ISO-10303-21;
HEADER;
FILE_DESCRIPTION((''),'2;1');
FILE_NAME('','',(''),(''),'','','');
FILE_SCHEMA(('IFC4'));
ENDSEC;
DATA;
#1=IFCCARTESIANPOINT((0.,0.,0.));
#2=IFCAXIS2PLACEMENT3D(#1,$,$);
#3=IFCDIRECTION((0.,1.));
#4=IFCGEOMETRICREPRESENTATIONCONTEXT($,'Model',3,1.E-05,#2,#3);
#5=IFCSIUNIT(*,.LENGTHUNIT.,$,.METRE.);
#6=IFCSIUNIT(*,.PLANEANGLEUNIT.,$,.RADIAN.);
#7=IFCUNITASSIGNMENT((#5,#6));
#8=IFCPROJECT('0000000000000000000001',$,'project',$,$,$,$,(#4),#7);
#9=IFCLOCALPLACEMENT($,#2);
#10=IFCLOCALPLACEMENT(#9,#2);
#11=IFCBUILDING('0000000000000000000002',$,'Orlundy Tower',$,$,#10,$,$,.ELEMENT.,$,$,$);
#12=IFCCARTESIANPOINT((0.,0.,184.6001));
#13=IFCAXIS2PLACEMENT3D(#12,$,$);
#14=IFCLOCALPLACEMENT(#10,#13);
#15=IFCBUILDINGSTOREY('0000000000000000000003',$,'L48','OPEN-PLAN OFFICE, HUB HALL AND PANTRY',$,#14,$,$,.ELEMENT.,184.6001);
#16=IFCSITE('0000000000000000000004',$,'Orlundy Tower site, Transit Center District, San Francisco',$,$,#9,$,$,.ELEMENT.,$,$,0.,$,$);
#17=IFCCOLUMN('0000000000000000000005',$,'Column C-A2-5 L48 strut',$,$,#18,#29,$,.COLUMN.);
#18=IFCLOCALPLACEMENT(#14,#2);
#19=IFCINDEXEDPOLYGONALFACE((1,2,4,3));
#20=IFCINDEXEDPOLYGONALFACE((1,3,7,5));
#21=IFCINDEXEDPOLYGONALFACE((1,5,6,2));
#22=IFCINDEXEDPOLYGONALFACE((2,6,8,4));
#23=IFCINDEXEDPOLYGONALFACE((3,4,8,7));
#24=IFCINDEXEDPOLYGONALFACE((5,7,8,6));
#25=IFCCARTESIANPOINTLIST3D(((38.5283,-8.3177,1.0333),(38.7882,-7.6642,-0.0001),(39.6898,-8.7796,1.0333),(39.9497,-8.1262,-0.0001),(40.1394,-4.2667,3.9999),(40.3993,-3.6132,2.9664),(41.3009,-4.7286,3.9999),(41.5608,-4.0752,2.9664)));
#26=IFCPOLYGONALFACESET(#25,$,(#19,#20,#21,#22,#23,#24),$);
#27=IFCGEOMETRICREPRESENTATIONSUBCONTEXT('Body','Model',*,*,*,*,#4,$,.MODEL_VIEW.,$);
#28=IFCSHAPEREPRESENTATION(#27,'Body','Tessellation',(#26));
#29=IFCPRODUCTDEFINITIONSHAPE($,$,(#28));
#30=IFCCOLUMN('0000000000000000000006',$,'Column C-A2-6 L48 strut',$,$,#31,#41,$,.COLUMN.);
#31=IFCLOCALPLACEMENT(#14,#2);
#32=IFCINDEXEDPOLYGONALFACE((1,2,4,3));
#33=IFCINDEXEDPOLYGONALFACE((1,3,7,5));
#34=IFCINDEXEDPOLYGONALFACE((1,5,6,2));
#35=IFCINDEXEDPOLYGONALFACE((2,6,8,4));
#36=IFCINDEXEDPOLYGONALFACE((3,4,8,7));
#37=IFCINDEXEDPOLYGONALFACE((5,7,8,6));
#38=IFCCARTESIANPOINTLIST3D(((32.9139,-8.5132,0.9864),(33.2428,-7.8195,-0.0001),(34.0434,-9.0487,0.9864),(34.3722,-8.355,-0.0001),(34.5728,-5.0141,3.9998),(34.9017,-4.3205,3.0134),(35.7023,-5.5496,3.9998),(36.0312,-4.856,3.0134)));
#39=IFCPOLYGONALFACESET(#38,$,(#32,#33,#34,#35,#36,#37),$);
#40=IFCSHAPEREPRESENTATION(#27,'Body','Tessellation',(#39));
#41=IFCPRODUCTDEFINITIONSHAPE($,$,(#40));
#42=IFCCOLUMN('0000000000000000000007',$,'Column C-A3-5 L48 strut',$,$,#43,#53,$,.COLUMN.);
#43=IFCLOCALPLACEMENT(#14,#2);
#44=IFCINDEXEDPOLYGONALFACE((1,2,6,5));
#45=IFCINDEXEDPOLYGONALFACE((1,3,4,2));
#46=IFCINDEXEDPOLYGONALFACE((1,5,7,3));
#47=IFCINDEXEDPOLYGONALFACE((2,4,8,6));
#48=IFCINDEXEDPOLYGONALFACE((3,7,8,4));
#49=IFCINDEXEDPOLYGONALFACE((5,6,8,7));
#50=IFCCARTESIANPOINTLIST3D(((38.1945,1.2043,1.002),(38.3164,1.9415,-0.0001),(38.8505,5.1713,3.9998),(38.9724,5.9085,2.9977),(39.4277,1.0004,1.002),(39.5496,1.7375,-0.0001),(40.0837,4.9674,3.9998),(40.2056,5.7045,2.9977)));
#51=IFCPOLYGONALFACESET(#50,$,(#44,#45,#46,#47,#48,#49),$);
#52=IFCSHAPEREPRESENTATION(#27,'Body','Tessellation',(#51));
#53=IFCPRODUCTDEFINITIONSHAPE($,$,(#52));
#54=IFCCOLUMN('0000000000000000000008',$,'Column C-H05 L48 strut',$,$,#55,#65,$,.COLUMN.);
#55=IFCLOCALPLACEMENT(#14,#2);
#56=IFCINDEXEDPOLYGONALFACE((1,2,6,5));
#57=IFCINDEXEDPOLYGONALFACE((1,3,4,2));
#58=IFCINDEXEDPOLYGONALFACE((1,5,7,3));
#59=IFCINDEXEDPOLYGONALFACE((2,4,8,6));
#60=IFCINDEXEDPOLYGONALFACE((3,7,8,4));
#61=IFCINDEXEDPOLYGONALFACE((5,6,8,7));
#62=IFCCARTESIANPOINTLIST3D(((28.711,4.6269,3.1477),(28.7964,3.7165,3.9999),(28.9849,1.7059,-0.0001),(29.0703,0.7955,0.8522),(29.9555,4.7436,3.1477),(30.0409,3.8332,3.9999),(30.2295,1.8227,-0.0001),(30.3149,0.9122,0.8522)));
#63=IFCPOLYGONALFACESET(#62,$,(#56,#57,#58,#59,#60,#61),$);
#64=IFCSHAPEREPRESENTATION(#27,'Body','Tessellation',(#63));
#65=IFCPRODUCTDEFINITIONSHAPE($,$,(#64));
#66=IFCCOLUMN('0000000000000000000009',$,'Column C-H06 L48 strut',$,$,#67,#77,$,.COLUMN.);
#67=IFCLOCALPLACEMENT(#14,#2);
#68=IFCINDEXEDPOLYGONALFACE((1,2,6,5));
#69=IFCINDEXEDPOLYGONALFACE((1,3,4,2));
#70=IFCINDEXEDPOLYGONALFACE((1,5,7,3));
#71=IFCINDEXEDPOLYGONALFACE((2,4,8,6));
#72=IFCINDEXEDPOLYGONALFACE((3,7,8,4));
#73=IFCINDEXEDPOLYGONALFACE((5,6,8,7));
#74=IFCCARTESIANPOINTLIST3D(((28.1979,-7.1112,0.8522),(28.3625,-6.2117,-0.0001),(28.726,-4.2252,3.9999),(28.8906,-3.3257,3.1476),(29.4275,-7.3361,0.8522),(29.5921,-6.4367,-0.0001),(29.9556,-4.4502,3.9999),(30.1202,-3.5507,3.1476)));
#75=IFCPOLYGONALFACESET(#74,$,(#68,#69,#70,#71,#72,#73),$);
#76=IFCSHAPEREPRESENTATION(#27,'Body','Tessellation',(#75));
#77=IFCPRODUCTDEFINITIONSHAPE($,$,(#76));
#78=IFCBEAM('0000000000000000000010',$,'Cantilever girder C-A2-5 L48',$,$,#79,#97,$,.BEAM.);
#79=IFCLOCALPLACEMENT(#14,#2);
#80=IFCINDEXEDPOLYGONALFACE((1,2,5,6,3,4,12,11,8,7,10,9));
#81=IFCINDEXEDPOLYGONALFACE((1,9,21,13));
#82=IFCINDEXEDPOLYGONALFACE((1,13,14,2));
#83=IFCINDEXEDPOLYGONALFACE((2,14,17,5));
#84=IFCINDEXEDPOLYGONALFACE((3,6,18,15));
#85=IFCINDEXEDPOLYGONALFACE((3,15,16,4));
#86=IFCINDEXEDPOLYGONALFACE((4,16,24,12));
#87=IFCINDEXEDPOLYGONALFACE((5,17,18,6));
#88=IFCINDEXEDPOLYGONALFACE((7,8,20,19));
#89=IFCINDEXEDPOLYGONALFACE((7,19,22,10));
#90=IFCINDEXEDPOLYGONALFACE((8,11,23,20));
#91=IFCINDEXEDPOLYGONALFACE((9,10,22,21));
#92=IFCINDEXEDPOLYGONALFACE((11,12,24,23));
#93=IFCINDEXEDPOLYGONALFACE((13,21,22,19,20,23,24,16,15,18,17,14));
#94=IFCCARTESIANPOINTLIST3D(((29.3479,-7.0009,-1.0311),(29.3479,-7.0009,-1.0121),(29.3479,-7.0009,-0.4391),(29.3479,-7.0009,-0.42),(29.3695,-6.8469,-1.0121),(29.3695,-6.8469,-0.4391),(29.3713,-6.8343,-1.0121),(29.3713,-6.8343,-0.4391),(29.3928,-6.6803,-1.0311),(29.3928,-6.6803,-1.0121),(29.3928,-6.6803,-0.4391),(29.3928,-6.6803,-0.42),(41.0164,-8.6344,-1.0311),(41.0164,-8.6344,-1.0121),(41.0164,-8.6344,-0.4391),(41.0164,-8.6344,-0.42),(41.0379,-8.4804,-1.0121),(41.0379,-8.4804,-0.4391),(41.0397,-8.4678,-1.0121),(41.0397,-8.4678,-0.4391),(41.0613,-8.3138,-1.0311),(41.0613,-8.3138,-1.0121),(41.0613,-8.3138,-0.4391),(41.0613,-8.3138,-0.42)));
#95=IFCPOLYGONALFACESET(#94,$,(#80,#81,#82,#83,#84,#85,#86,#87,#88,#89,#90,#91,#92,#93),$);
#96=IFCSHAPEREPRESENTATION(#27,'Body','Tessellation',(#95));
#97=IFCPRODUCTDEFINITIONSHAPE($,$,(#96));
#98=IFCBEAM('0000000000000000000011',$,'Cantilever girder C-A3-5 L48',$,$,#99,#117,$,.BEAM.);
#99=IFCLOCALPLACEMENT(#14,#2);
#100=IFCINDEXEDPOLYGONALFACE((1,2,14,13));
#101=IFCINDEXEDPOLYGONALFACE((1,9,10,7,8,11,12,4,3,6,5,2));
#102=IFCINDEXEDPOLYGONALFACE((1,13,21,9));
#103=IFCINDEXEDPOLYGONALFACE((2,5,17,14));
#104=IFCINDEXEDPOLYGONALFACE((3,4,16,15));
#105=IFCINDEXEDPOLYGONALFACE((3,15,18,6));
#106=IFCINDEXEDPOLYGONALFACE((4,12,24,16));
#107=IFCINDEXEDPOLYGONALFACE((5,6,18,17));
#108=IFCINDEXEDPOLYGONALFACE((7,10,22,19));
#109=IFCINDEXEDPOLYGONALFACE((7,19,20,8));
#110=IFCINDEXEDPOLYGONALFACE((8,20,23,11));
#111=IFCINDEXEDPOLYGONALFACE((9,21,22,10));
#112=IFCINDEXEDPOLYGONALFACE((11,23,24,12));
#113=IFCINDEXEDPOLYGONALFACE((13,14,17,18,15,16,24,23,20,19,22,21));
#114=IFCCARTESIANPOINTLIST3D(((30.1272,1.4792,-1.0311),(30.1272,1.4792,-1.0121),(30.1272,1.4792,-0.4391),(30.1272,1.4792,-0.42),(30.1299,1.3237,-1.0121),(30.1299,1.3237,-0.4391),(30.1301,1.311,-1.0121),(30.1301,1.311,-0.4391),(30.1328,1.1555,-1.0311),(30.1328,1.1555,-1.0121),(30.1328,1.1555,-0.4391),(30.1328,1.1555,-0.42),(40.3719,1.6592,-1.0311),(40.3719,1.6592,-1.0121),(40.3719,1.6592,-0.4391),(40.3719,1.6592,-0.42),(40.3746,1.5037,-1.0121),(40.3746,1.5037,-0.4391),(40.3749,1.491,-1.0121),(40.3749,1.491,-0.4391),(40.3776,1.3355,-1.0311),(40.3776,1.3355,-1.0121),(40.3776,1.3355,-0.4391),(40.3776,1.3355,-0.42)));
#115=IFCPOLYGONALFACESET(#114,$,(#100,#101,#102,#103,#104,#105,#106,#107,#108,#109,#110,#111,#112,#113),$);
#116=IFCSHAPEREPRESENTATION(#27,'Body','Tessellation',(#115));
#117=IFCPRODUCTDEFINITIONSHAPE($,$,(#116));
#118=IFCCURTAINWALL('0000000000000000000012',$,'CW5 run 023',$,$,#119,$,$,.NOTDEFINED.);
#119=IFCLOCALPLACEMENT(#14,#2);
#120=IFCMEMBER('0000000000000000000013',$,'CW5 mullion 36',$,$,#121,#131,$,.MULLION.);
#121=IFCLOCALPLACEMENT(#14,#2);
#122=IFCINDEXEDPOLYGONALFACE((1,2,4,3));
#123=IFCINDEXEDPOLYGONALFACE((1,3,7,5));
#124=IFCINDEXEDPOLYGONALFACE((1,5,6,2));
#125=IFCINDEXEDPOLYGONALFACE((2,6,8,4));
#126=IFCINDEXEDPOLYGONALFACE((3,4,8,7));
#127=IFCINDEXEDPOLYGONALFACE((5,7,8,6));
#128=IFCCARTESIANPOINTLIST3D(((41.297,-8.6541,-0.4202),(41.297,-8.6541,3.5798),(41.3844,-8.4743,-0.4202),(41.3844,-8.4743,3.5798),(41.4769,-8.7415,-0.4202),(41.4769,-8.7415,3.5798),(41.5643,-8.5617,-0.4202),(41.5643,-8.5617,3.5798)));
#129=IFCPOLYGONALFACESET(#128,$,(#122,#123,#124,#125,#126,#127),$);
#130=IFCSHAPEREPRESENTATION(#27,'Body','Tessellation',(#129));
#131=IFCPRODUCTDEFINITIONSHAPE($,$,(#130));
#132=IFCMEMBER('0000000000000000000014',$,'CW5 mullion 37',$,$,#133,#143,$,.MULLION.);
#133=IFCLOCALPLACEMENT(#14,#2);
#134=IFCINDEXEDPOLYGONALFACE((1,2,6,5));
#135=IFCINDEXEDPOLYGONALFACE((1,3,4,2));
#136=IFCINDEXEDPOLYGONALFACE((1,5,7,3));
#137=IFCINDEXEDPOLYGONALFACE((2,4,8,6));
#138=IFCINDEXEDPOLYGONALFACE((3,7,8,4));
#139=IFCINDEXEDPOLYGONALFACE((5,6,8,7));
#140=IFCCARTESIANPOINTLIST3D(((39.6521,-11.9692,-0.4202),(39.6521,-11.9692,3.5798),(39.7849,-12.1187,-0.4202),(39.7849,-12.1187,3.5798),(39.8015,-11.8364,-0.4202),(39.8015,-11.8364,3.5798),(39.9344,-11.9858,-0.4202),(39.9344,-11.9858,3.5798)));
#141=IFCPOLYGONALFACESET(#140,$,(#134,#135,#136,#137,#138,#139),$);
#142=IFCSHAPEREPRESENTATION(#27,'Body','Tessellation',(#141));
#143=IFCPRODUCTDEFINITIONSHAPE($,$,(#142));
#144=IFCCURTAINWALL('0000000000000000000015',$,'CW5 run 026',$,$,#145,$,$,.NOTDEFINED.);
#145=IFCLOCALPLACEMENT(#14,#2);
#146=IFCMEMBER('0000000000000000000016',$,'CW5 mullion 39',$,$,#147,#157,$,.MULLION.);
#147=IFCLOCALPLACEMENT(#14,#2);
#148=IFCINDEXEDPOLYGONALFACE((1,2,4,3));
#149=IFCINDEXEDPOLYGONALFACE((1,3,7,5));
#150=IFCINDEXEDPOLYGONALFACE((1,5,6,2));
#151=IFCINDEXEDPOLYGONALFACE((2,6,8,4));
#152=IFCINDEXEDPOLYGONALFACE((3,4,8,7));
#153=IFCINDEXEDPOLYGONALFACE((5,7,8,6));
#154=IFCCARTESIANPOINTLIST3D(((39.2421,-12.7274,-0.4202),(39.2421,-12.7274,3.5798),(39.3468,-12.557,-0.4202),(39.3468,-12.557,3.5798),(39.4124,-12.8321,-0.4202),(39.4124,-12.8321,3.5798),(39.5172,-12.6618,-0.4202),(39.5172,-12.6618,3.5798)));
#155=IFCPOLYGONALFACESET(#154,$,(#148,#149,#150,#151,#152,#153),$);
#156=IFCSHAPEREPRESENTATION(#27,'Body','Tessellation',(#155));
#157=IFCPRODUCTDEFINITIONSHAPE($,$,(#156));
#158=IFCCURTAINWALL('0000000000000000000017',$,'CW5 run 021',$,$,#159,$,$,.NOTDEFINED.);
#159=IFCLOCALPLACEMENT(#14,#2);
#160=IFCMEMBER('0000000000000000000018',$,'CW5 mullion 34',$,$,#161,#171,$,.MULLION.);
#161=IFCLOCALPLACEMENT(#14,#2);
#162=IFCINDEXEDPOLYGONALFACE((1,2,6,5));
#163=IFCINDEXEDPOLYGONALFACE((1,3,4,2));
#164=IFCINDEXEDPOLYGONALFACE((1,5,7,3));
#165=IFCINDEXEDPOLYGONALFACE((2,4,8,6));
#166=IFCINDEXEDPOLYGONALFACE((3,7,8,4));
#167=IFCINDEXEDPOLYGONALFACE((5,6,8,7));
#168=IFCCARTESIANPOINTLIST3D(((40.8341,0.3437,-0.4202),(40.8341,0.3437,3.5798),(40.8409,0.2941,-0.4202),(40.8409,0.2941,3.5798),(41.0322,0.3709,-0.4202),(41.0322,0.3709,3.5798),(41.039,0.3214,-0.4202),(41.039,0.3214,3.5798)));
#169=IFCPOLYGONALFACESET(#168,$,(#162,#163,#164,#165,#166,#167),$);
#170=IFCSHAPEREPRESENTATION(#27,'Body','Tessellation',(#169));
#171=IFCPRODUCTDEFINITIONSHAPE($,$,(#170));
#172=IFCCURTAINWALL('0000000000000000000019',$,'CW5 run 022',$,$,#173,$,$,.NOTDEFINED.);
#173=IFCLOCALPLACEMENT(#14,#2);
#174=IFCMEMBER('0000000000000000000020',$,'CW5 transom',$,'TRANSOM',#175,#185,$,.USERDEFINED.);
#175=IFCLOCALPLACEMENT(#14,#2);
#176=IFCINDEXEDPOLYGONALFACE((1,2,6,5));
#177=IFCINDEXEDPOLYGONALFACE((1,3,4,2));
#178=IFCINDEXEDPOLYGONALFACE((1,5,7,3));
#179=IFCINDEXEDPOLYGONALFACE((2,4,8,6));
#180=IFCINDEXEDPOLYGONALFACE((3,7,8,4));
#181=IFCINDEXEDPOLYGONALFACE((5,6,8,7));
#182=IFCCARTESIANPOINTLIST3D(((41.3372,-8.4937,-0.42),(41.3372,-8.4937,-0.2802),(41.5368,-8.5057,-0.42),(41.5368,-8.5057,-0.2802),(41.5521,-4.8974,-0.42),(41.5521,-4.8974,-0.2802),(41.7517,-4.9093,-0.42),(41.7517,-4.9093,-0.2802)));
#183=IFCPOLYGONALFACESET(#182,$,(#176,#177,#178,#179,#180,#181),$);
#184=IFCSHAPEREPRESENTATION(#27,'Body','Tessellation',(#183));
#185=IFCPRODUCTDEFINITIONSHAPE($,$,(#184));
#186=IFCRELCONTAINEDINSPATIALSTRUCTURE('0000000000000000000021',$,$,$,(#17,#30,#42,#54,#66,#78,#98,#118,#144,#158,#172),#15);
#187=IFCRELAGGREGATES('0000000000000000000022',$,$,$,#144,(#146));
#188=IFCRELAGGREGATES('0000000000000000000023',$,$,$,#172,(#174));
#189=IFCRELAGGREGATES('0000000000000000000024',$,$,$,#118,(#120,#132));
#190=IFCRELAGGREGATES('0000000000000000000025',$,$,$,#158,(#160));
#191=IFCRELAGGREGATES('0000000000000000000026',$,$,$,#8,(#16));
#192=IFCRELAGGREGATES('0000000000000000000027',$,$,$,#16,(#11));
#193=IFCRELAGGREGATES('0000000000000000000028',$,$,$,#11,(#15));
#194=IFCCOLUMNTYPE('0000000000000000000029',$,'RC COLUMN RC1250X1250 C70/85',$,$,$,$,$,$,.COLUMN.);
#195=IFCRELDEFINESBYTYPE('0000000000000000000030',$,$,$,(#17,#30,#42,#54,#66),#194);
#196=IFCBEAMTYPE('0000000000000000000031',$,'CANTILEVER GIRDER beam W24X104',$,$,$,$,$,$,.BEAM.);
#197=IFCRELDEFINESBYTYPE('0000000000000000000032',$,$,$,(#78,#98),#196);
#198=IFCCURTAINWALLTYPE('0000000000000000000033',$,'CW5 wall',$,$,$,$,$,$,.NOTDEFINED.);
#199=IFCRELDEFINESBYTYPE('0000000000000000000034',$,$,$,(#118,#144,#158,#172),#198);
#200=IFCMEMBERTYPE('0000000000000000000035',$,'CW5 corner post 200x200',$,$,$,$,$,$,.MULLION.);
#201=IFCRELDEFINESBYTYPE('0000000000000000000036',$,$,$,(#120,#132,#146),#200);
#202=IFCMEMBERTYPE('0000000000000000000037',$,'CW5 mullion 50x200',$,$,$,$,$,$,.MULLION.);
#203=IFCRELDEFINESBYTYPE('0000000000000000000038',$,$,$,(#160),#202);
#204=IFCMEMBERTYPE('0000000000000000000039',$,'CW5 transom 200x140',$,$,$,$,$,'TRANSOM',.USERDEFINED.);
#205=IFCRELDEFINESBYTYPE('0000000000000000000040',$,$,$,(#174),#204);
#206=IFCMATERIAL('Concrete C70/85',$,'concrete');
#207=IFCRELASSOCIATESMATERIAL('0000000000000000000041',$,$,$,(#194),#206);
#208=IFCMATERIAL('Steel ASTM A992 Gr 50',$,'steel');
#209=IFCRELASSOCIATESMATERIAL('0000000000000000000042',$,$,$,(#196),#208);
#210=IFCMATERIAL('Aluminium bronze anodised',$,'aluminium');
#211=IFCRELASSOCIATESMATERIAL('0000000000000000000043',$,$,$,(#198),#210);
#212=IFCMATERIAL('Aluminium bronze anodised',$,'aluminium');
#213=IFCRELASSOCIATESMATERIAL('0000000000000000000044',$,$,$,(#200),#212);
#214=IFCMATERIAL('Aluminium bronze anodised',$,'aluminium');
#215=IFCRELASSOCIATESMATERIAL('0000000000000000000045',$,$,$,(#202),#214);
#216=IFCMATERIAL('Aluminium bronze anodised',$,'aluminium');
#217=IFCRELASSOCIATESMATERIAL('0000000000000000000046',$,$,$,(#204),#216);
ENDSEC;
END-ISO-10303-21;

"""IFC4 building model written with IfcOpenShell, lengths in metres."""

from ifc_helpers import new_model, si_unit, direction, frame, origin, origin_2d, place, context, subcontext, project, spatial, rectangle, i_section, extrude, material, material_profile, profile_set, type_object, element, aggregate, save


model = new_model("IFC4")

# Units and contexts
model_context = context("Model", 3, precision=1e-05, world=origin(), true_north=direction((0.0, 1.0)))
body_context = subcontext(model_context, "Body", "Model", "MODEL_VIEW")
ifc_project = project(units=[si_unit("LENGTHUNIT", "METRE"), si_unit("PLANEANGLEUNIT", "RADIAN")], contexts=[model_context])

# Site, building, storey
site_placement = place(None, origin())
site = spatial("IfcSite", under=ifc_project, at=site_placement, Name="Orlundy Tower site, Transit Center District, San Francisco", CompositionType="ELEMENT", RefElevation=0.0)
building_placement = place(site_placement, origin())
building = spatial("IfcBuilding", under=site, at=building_placement, Name="Orlundy Tower", CompositionType="ELEMENT")
storey_placement = place(building_placement, frame((0.0, 0.0, 184.6001)))
storey = spatial("IfcBuildingStorey", under=building, at=storey_placement, Name="L48", Description="OPEN-PLAN OFFICE, HUB HALL AND PANTRY", CompositionType="ELEMENT", Elevation=184.6001)

# Columns
ifc_material_1 = material(Name="Concrete C70/85", Category="concrete")
ifc_material_profile_1 = material_profile(ifc_material_1, rectangle(XDim=1.25, YDim=1.25, at=origin_2d()), Name="RC1250X1250")
ifc_profile_set_1 = profile_set([ifc_material_profile_1], Name="Concrete C70/85")
column_type = type_object("IfcColumnType", Name="RC COLUMN RC1250X1250 C70/85", PredefinedType="COLUMN", material=ifc_profile_set_1)
column_1_placement = place(storey_placement, frame((39.239, -8.2219, 0.5166), z_axis=(0.305522, 0.768226, 0.56257), x_axis=(-0.929213, 0.369546, 0.0)))
element("IfcColumn", 1, at=column_1_placement, inside=storey, type_object=column_type, Name="Column C-A2-5 L48 strut", PredefinedType="COLUMN", context=body_context, shape_type="SweptSolid", body=[
    extrude(rectangle(XDim=1.25, YDim=1.25, at=origin_2d()), origin(), (0.0, 0.0, 1.0), 5.2732),
])
column_2_placement = place(storey_placement, frame((33.6431, -8.4341, 0.4932), z_axis=(0.338094, 0.713107, 0.614142), x_axis=(-0.903588, 0.428403, 0.0)))
element("IfcColumn", 2, at=column_2_placement, inside=storey, type_object=column_type, Name="Column C-A2-6 L48 strut", PredefinedType="COLUMN", context=body_context, shape_type="SweptSolid", body=[
    extrude(rectangle(XDim=1.25, YDim=1.25, at=origin_2d()), origin(), (0.0, 0.0, 1.0), 4.9067),
])
column_3_placement = place(storey_placement, frame((38.8721, 1.4709, 0.501), z_axis=(0.130797, 0.790967, 0.597716), x_axis=(-0.986602, 0.163148, 0.0)))
element("IfcColumn", 3, at=column_3_placement, inside=storey, type_object=column_type, Name="Column C-A3-5 L48 strut", PredefinedType="COLUMN", context=body_context, shape_type="SweptSolid", body=[
    extrude(rectangle(XDim=1.25, YDim=1.25, at=origin_2d()), origin(), (0.0, 0.0, 1.0), 5.0154),
])
for number, where, z_axis, x_axis, name in (
    (4, (29.6499, 1.3091, 0.426), (-0.063661, 0.678825, 0.731535), (-0.995631, -0.093372, 0.0), "Column C-H05 L48 strut"),
    (5, (28.895, -6.7739, 0.426), (0.122723, 0.670691, 0.731514), (-0.983668, 0.179991, 0.0), "Column C-H06 L48 strut"),
):
    element("IfcColumn", number, at=place(storey_placement, frame(where, z_axis=z_axis, x_axis=x_axis)), inside=storey, type_object=column_type, Name=name, PredefinedType="COLUMN", context=body_context, shape_type="SweptSolid", body=[
        extrude(rectangle(XDim=1.25, YDim=1.25, at=origin_2d()), origin(), (0.0, 0.0, 1.0), 4.303),
    ])

# Beams
ifc_material_2 = material(Name="Steel ASTM A992 Gr 50", Category="steel")
ifc_material_profile_2 = material_profile(ifc_material_2, i_section(OverallWidth=0.3237, OverallDepth=0.6111, WebThickness=0.0127, FlangeThickness=0.019, at=origin_2d()), Name="W24X104")
ifc_profile_set_2 = profile_set([ifc_material_profile_2], Name="Steel ASTM A992 Gr 50")
beam_type = type_object("IfcBeamType", Name="CANTILEVER GIRDER beam W24X104", PredefinedType="BEAM", material=ifc_profile_set_2)
beam_1_placement = place(storey_placement, frame((41.0388, -8.4741, -0.7256), z_axis=(-0.990342, 0.138645, 0.0), x_axis=(-0.138645, -0.990342, 0.0)))
element("IfcBeam", 6, at=beam_1_placement, inside=storey, type_object=beam_type, Name="Cantilever girder C-A2-5 L48", PredefinedType="BEAM", context=body_context, shape_type="SweptSolid", body=[
    extrude(i_section(OverallWidth=0.3237, OverallDepth=0.6111, WebThickness=0.0127, FlangeThickness=0.019, at=origin_2d()), origin(), (0.0, 0.0, 1.0), 11.7822),
])
beam_2_placement = place(storey_placement, frame((40.3748, 1.4973, -0.7256), z_axis=(-0.999846, -0.01756, 0.0), x_axis=(0.01756, -0.999846, 0.0)))
element("IfcBeam", 7, at=beam_2_placement, inside=storey, type_object=beam_type, Name="Cantilever girder C-A3-5 L48", PredefinedType="BEAM", context=body_context, shape_type="SweptSolid", body=[
    extrude(i_section(OverallWidth=0.3237, OverallDepth=0.6111, WebThickness=0.0127, FlangeThickness=0.019, at=origin_2d()), origin(), (0.0, 0.0, 1.0), 10.2463),
])

# Curtain wall, members
ifc_material_3 = material(Name="Aluminium bronze anodised", Category="aluminium")
curtain_wall_type = type_object("IfcCurtainWallType", Name="CW5 wall", PredefinedType="NOTDEFINED", material=ifc_material_3)
curtain_wall_1_placement = place(storey_placement, origin())
curtain_wall_1 = element("IfcCurtainWall", 8, at=curtain_wall_1_placement, inside=storey, type_object=curtain_wall_type, Name="CW5 run 023", PredefinedType="NOTDEFINED")
ifc_material_4 = material(Name="Aluminium bronze anodised", Category="aluminium")
ifc_material_profile_3 = material_profile(ifc_material_4, rectangle(XDim=0.2, YDim=0.2, at=origin_2d()), Name="CW5 corner post 200x200")
ifc_profile_set_3 = profile_set([ifc_material_profile_3], Name="Aluminium bronze anodised")
member_type_1 = type_object("IfcMemberType", Name="CW5 corner post 200x200", PredefinedType="MULLION", material=ifc_profile_set_3)
member_1_placement = place(storey_placement, frame((41.4307, -8.6079, -0.4202), z_axis=(0.0, 0.0, 1.0), x_axis=(0.899442, -0.437041, 0.0)))
member_1 = element("IfcMember", 9, at=member_1_placement, type_object=member_type_1, Name="CW5 mullion 36", PredefinedType="MULLION", context=body_context, shape_type="SweptSolid", body=[
    extrude(rectangle(XDim=0.2, YDim=0.2, at=origin_2d()), origin(), (0.0, 0.0, 1.0), 4.0),
])
member_2_placement = place(storey_placement, frame((39.7932, -11.9775, -0.4202), z_axis=(0.0, 0.0, 1.0), x_axis=(0.664364, -0.747409, 0.0)))
member_2 = element("IfcMember", 10, at=member_2_placement, type_object=member_type_1, Name="CW5 mullion 37", PredefinedType="MULLION", context=body_context, shape_type="SweptSolid", body=[
    extrude(rectangle(XDim=0.2, YDim=0.2, at=origin_2d()), origin(), (0.0, 0.0, 1.0), 4.0),
])

# Curtain walls, members
curtain_wall_2_placement = place(storey_placement, origin())
curtain_wall_2 = element("IfcCurtainWall", 11, at=curtain_wall_2_placement, inside=storey, type_object=curtain_wall_type, Name="CW5 run 026", PredefinedType="NOTDEFINED")
member_3_placement = place(storey_placement, frame((39.3796, -12.6946, -0.4202), z_axis=(0.0, 0.0, 1.0), x_axis=(0.851825, -0.523827, 0.0)))
member_3 = element("IfcMember", 12, at=member_3_placement, type_object=member_type_1, Name="CW5 mullion 39", PredefinedType="MULLION", context=body_context, shape_type="SweptSolid", body=[
    extrude(rectangle(XDim=0.2, YDim=0.2, at=origin_2d()), origin(), (0.0, 0.0, 1.0), 4.0),
])
curtain_wall_3_placement = place(storey_placement, origin())
curtain_wall_3 = element("IfcCurtainWall", 13, at=curtain_wall_3_placement, inside=storey, type_object=curtain_wall_type, Name="CW5 run 021", PredefinedType="NOTDEFINED")
ifc_material_5 = material(Name="Aluminium bronze anodised", Category="aluminium")
ifc_material_profile_4 = material_profile(ifc_material_5, rectangle(XDim=0.2, YDim=0.05, at=origin_2d()), Name="CW5 mullion 50x200")
ifc_profile_set_4 = profile_set([ifc_material_profile_4], Name="Aluminium bronze anodised")
member_type_2 = type_object("IfcMemberType", Name="CW5 mullion 50x200", PredefinedType="MULLION", material=ifc_profile_set_4)
member_4_placement = place(storey_placement, frame((40.9365, 0.3325, -0.4202), z_axis=(0.0, 0.0, 1.0), x_axis=(0.99067, 0.136286, 0.0)))
member_4 = element("IfcMember", 14, at=member_4_placement, type_object=member_type_2, Name="CW5 mullion 34", PredefinedType="MULLION", context=body_context, shape_type="SweptSolid", body=[
    extrude(rectangle(XDim=0.2, YDim=0.05, at=origin_2d()), origin(), (0.0, 0.0, 1.0), 4.0),
])
curtain_wall_4_placement = place(storey_placement, origin())
curtain_wall_4 = element("IfcCurtainWall", 15, at=curtain_wall_4_placement, inside=storey, type_object=curtain_wall_type, Name="CW5 run 022", PredefinedType="NOTDEFINED")
ifc_material_6 = material(Name="Aluminium bronze anodised", Category="aluminium")
ifc_material_profile_5 = material_profile(ifc_material_6, rectangle(XDim=0.2, YDim=0.1399, at=origin_2d()), Name="CW5 transom 200x140")
ifc_profile_set_5 = profile_set([ifc_material_profile_5], Name="Aluminium bronze anodised")
member_type_3 = type_object("IfcMemberType", Name="CW5 transom 200x140", ElementType="TRANSOM", PredefinedType="USERDEFINED", material=ifc_profile_set_5)
member_5_placement = place(storey_placement, frame((41.6519, -4.9033, -0.3501), z_axis=(-0.059632, -0.99822, 0.0), x_axis=(0.99822, -0.059632, 0.0)))
member_5 = element("IfcMember", 16, at=member_5_placement, type_object=member_type_3, Name="CW5 transom", ObjectType="TRANSOM", PredefinedType="USERDEFINED", context=body_context, shape_type="SweptSolid", body=[
    extrude(rectangle(XDim=0.2, YDim=0.1399, at=origin_2d()), origin(), (0.0, 0.0, 1.0), 3.6028),
])

aggregate(curtain_wall_2, [member_3])

aggregate(curtain_wall_4, [member_5])
aggregate(curtain_wall_1, [member_1, member_2])
aggregate(curtain_wall_3, [member_4])

save(model, "model.ifc")
